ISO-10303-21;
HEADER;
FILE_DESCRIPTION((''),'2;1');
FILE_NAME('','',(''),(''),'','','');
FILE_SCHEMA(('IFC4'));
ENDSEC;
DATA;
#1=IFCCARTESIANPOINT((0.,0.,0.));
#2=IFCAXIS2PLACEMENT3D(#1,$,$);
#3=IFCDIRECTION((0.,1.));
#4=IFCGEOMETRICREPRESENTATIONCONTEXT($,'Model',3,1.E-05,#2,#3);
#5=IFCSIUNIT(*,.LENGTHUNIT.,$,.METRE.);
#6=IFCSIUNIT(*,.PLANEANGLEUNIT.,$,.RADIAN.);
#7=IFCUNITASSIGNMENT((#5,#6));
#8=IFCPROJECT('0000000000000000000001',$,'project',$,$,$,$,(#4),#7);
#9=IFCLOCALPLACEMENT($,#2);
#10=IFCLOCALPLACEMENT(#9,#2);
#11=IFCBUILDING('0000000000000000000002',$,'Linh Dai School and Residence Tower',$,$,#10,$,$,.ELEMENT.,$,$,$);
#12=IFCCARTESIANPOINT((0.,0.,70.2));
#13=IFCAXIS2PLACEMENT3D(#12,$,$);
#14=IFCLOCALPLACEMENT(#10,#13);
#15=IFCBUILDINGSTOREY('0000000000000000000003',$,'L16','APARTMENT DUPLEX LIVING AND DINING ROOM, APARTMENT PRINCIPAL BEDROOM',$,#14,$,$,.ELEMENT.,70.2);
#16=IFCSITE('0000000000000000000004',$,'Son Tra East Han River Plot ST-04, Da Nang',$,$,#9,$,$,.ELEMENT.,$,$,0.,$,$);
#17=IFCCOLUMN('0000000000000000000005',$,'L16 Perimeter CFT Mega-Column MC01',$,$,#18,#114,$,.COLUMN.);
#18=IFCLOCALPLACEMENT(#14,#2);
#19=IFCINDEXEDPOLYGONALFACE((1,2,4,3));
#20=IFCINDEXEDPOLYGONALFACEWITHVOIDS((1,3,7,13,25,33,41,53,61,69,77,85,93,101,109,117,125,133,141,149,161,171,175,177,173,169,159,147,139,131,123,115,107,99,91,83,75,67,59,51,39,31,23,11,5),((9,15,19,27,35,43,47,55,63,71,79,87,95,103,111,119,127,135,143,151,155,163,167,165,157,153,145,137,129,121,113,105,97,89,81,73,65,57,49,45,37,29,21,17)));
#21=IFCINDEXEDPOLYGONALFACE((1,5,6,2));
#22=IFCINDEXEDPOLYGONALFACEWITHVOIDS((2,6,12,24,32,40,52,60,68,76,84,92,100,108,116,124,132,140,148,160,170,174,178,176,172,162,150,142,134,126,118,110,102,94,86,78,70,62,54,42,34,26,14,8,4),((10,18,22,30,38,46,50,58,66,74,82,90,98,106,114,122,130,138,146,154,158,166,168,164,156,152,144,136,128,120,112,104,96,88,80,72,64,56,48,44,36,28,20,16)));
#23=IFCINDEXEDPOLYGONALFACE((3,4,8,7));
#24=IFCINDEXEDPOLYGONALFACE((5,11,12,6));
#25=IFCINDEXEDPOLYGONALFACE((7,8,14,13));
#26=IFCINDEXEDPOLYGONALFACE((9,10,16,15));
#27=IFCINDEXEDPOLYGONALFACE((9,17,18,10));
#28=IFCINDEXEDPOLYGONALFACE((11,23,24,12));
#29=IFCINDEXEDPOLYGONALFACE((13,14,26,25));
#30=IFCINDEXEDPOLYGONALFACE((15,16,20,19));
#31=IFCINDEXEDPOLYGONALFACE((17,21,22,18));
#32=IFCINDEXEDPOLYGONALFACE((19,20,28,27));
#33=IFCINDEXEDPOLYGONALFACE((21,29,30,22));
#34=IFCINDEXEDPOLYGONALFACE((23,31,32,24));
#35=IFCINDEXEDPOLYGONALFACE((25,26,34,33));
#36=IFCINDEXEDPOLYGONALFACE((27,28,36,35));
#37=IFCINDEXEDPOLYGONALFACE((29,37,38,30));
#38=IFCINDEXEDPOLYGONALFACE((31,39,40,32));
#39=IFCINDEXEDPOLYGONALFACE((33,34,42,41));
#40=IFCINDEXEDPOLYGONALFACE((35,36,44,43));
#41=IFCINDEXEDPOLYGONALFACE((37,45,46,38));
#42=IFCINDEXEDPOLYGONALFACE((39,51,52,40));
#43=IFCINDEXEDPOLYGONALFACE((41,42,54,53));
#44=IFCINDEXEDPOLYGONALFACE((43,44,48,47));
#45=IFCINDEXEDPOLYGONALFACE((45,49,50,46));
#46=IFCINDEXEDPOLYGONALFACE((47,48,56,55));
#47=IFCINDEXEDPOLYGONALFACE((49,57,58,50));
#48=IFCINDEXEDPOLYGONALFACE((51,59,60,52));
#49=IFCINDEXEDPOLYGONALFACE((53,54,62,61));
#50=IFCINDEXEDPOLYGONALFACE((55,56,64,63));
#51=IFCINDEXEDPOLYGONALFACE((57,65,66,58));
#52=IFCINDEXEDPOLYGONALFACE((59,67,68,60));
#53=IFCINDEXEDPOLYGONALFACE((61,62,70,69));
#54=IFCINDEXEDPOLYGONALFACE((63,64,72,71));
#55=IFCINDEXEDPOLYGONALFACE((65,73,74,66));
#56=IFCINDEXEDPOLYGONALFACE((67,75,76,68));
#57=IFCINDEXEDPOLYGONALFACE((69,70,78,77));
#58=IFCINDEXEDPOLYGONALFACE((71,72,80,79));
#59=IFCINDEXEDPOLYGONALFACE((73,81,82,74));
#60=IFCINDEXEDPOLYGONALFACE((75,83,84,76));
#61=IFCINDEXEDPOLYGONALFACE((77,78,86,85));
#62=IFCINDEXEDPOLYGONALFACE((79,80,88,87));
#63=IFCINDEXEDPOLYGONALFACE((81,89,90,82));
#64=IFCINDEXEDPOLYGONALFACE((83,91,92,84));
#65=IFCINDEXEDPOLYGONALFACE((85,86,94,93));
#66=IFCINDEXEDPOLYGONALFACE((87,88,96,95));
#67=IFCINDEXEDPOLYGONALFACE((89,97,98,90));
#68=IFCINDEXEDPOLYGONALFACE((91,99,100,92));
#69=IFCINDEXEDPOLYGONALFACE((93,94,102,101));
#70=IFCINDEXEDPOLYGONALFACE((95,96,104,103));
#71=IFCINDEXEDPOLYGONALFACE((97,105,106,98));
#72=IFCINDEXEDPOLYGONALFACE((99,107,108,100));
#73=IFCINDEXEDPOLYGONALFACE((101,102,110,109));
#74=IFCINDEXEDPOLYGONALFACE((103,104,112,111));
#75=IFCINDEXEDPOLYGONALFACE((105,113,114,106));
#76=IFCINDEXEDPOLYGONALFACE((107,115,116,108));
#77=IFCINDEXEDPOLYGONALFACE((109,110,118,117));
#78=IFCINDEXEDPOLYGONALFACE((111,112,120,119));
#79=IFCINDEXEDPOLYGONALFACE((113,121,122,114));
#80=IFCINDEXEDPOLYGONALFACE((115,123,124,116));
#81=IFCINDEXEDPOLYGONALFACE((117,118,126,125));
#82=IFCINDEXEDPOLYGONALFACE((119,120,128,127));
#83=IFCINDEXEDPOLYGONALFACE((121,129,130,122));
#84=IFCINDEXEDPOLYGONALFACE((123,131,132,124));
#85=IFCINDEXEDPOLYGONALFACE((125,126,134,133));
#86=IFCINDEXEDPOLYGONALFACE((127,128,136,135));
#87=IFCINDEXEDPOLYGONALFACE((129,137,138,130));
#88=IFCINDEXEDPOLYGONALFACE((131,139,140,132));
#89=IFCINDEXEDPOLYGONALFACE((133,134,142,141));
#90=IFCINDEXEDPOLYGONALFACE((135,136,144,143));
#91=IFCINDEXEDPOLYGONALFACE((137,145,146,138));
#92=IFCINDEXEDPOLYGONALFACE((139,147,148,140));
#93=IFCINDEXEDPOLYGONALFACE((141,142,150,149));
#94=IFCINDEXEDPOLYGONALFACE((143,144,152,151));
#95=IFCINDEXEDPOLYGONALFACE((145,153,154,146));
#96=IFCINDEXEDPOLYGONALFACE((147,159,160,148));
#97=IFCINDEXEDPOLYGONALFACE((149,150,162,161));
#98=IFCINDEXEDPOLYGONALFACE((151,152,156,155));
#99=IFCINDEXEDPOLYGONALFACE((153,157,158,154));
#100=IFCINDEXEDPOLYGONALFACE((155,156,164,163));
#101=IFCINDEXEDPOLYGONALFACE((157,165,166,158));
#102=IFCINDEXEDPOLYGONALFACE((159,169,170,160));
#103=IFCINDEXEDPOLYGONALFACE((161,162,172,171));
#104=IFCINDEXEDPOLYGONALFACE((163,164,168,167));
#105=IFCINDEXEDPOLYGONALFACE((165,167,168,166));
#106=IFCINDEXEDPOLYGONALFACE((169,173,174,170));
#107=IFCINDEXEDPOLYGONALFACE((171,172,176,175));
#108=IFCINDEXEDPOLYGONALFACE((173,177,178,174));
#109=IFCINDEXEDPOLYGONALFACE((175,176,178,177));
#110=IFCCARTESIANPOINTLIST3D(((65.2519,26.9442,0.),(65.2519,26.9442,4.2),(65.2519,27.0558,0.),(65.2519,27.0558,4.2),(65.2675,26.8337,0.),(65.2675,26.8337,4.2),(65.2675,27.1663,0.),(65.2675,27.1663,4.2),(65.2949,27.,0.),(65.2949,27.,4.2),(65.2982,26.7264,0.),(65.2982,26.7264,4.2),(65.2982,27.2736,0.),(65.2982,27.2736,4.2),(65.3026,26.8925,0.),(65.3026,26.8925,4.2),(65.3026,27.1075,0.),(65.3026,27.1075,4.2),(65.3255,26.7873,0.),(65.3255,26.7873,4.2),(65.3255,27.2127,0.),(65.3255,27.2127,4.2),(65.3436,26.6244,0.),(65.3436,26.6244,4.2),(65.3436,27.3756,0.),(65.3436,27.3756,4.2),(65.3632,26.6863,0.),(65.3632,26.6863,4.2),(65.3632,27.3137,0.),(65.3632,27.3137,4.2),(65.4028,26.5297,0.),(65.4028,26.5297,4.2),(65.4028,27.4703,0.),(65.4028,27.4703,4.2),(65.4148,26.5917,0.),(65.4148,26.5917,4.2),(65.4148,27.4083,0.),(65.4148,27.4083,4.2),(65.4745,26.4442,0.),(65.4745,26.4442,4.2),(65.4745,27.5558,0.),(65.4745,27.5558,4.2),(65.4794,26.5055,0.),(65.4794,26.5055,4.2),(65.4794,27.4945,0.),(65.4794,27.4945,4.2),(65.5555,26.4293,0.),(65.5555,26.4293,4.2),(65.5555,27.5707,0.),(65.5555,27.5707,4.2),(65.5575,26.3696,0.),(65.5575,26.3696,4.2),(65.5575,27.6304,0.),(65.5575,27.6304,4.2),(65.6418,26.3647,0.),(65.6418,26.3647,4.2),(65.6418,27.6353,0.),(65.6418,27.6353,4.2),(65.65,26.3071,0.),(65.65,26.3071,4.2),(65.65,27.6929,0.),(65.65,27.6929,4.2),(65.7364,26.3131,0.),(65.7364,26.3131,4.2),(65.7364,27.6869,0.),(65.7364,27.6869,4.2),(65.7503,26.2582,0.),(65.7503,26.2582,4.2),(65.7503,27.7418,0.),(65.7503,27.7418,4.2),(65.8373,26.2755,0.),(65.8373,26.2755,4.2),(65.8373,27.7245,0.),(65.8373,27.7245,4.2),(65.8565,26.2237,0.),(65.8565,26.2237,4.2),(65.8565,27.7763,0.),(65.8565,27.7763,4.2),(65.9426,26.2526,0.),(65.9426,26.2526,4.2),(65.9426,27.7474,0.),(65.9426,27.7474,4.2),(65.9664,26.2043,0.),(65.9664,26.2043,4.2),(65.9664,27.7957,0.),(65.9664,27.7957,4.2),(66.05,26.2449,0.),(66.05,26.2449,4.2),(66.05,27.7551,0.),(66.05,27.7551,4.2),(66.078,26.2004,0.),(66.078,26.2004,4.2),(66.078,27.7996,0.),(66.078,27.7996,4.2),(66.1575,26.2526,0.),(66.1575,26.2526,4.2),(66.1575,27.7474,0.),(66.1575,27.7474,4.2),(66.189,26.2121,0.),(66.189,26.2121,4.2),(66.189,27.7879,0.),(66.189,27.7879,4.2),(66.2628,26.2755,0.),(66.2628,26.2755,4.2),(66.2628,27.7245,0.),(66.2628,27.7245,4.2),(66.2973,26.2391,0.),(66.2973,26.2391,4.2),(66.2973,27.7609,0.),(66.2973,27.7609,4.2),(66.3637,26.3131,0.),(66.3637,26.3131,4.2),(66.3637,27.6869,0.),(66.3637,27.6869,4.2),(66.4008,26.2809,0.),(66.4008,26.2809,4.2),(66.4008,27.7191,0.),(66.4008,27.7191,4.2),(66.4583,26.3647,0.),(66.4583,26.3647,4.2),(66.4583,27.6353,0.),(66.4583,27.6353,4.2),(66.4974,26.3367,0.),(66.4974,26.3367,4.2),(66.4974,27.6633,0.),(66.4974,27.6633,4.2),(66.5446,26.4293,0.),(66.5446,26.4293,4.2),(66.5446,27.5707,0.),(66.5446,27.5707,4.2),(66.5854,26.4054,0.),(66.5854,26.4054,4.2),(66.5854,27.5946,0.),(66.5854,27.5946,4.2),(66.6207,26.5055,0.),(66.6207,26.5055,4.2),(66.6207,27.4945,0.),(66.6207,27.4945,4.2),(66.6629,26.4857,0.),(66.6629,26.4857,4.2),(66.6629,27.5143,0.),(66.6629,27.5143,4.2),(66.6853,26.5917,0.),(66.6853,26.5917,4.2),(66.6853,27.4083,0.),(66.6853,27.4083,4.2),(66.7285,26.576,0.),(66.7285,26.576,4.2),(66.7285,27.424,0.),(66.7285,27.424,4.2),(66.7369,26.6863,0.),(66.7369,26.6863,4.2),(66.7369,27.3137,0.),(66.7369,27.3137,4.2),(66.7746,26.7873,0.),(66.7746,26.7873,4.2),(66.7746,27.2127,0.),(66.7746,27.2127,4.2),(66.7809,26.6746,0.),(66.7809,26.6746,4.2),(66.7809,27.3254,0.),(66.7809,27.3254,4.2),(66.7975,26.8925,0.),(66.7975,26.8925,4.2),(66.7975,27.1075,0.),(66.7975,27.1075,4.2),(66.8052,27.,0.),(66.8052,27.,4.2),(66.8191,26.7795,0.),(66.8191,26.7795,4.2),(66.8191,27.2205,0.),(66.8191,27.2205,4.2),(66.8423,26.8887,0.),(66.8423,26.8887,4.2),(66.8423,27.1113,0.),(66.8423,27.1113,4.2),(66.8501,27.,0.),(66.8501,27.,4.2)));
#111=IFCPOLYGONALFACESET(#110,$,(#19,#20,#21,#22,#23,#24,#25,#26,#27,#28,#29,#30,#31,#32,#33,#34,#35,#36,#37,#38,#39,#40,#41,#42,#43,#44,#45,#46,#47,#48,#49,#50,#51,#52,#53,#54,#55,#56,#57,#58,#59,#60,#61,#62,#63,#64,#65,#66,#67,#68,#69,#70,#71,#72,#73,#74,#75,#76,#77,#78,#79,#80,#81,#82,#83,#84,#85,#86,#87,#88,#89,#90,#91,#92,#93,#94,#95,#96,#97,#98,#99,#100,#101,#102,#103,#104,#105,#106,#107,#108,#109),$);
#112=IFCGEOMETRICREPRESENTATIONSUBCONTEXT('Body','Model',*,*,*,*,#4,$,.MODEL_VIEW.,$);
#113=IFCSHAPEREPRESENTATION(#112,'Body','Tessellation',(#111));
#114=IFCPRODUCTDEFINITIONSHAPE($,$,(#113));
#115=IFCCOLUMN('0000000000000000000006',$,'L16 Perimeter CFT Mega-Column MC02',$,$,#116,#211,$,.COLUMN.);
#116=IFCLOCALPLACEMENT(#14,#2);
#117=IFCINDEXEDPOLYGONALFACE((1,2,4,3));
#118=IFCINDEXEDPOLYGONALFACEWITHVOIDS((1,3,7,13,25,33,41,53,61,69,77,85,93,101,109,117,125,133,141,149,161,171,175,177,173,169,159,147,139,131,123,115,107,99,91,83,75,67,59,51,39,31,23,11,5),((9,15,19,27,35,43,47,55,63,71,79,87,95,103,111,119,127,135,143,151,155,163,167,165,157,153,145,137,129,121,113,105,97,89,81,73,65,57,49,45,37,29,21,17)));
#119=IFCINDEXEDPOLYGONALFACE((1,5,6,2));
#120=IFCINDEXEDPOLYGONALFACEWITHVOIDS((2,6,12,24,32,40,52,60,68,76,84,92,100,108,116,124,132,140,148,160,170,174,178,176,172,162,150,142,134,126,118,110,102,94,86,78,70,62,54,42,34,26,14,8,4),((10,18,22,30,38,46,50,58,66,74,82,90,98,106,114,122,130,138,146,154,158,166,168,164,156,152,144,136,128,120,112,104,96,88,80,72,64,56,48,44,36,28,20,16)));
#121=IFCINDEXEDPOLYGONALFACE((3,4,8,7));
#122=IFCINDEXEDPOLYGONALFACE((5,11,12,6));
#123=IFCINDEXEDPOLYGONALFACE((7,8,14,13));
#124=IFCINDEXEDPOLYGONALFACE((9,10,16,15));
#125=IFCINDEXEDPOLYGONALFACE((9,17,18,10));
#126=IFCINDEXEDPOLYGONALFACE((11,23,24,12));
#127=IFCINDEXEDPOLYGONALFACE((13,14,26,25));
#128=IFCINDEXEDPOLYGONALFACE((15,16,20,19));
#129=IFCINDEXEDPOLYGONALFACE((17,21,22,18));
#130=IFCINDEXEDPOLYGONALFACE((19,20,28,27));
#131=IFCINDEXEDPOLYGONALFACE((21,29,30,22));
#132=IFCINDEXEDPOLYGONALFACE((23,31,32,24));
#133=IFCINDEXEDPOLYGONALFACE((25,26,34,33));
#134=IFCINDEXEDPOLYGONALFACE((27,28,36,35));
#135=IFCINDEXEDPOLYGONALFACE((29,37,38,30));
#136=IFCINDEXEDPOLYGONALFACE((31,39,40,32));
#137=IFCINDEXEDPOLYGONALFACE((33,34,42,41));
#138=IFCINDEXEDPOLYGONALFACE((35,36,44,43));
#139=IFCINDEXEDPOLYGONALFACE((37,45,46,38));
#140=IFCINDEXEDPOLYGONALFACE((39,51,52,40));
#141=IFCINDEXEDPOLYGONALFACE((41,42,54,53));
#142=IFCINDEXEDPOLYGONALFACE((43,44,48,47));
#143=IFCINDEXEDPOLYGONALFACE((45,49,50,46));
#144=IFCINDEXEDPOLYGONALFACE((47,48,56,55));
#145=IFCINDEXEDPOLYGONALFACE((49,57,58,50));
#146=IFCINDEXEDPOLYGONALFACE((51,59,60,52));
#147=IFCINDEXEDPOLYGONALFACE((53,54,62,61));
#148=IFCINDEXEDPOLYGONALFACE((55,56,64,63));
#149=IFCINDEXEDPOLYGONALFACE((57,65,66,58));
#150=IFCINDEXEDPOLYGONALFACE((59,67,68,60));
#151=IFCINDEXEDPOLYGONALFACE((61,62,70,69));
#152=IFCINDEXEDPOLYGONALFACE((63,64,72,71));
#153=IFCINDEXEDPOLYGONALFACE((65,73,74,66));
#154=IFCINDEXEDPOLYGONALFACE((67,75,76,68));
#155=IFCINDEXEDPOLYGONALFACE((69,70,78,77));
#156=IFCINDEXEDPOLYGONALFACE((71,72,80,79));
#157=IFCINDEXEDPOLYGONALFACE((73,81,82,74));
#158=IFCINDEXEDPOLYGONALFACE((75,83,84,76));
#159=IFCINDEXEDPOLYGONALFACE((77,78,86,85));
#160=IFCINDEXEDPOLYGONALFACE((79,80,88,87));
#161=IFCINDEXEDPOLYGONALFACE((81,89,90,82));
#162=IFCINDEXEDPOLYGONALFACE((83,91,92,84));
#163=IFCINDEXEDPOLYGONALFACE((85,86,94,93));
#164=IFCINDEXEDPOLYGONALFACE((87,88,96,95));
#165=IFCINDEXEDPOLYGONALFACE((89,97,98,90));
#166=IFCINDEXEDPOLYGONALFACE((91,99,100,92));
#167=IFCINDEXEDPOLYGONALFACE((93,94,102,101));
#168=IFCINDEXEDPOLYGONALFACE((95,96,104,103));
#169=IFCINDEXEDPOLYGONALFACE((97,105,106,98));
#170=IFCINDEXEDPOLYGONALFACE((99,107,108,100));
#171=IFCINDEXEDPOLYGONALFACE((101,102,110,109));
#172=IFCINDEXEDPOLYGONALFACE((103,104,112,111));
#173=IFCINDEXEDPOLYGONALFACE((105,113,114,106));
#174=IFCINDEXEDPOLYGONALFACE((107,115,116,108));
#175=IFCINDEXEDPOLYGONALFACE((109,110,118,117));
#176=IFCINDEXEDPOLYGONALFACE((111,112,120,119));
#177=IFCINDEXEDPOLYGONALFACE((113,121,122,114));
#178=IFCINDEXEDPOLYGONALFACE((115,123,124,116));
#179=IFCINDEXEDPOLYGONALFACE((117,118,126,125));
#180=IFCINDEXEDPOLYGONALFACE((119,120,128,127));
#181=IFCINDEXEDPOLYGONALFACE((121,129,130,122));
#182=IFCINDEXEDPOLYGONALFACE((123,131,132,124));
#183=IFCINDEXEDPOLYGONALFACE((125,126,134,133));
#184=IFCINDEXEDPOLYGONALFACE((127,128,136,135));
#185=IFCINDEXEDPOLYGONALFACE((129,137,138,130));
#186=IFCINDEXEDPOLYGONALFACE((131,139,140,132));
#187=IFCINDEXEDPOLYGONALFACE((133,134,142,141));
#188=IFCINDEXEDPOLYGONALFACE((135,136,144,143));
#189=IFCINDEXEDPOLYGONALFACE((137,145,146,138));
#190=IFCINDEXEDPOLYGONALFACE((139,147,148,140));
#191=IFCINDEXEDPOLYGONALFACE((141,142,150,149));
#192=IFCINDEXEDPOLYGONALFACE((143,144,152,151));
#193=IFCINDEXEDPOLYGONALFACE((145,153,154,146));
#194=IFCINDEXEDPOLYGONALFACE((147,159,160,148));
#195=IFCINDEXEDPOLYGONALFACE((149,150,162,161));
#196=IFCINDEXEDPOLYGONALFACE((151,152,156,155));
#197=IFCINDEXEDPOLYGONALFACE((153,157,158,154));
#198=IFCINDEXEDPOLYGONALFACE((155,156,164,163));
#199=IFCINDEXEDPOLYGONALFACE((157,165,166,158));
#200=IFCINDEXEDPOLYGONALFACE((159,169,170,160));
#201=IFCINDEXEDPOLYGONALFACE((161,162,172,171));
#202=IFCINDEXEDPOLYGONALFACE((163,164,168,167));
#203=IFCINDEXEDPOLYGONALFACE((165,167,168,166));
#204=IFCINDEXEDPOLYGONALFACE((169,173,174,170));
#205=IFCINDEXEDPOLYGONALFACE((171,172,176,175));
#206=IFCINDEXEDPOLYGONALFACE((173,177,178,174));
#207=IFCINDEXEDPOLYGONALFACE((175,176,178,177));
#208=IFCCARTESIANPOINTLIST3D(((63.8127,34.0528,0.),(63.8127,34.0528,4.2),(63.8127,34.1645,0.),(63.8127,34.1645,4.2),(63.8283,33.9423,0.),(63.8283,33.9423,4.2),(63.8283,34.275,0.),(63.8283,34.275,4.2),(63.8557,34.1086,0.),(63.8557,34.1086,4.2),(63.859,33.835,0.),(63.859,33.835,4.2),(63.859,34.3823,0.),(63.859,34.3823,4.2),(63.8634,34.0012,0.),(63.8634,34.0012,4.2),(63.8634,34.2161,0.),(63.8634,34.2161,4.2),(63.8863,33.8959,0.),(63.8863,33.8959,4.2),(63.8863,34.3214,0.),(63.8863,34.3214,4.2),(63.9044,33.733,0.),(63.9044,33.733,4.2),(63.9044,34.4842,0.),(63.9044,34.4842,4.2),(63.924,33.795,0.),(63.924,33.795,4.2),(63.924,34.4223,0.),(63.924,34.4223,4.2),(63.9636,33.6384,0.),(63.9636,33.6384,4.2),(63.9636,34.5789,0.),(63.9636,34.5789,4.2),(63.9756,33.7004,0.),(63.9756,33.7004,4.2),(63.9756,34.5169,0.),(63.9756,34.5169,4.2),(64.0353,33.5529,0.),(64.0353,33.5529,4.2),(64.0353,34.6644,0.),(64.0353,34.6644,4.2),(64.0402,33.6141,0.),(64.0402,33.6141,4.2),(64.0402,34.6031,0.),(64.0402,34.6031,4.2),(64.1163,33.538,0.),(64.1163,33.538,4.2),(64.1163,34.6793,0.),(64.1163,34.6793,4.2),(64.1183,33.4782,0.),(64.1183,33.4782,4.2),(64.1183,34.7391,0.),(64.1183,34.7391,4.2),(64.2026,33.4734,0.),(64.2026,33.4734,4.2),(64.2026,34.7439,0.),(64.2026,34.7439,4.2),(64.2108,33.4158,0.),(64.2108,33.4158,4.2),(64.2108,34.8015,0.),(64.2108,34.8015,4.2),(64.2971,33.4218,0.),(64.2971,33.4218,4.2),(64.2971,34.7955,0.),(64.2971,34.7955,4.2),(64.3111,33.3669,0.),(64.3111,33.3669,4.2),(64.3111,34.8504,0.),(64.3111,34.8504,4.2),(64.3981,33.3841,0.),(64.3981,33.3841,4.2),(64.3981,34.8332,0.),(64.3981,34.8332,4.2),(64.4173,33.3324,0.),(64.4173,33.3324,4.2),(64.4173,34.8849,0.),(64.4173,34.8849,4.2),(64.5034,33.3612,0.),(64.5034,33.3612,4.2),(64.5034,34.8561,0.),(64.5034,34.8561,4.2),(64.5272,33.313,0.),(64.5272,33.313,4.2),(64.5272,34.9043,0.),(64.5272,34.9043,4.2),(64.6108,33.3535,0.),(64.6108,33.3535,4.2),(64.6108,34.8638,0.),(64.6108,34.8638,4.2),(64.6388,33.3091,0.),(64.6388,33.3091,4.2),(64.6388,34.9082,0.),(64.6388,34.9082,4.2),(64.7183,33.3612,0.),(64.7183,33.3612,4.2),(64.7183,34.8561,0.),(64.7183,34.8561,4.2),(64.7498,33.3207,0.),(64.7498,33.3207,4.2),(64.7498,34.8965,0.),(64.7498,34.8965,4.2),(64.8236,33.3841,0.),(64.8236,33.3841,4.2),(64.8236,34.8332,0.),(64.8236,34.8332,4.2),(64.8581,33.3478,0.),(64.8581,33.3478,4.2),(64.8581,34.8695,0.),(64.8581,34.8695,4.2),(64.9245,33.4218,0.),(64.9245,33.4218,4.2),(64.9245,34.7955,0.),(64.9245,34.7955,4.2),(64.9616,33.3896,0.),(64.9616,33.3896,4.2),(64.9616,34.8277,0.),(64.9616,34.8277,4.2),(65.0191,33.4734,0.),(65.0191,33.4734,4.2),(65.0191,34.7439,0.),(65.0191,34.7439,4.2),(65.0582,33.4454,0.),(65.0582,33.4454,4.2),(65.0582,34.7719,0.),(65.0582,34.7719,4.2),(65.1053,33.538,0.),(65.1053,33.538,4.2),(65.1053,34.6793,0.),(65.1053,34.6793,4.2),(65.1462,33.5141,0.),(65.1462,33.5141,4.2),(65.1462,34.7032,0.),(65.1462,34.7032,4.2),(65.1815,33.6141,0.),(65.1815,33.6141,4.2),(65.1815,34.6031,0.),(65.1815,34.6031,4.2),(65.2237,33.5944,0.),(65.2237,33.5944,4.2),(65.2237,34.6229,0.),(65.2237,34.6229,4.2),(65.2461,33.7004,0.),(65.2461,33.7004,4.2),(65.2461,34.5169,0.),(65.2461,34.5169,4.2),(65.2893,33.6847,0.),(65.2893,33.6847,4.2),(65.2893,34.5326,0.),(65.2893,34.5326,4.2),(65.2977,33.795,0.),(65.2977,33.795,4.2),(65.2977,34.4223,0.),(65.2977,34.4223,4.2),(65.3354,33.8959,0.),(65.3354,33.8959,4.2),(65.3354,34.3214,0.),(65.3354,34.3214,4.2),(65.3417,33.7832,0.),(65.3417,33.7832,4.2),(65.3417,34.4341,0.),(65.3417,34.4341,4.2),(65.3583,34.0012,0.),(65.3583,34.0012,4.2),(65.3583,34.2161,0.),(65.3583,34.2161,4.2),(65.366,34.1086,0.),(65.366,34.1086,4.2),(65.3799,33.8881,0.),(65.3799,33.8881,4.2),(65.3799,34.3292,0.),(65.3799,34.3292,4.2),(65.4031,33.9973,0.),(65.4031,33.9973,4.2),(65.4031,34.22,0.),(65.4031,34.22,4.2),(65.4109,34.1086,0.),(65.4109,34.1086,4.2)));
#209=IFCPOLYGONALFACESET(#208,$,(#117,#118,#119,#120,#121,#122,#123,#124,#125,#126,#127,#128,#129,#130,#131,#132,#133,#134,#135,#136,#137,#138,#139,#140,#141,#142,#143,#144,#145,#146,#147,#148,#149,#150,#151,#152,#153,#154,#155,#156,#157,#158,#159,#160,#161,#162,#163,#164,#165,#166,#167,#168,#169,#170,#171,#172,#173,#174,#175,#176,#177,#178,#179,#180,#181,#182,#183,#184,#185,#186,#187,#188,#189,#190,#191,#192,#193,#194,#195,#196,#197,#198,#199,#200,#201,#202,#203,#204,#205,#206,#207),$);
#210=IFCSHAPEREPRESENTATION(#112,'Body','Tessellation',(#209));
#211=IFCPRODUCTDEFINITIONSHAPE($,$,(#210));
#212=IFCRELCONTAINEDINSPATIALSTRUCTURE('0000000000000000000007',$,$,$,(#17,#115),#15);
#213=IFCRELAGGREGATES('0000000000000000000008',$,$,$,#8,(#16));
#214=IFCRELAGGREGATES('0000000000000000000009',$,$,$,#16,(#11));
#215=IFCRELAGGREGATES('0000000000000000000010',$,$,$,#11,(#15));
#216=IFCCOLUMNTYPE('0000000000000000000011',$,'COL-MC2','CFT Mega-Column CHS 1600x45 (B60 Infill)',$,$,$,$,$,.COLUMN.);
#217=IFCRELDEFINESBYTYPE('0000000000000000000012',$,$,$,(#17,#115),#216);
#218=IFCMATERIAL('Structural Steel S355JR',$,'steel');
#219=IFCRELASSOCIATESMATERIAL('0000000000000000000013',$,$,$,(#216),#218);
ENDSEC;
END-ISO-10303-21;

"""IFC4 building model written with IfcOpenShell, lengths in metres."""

from ifc_helpers import new_model, si_unit, direction, frame, origin, origin_2d, place, context, subcontext, project, spatial, hollow_circle, extrude, material, material_profile, profile_set, type_object, element, save


model = new_model("IFC4")

# Units and contexts
model_context = context("Model", 3, precision=1e-05, world=origin(), true_north=direction((0.0, 1.0)))
body_context = subcontext(model_context, "Body", "Model", "MODEL_VIEW")
ifc_project = project(units=[si_unit("LENGTHUNIT", "METRE"), si_unit("PLANEANGLEUNIT", "RADIAN")], contexts=[model_context])

# Site, building, storey
site_placement = place(None, origin())
site = spatial("IfcSite", under=ifc_project, at=site_placement, Name="Son Tra East Han River Plot ST-04, Da Nang", CompositionType="ELEMENT", RefElevation=0.0)
building_placement = place(site_placement, origin())
building = spatial("IfcBuilding", under=site, at=building_placement, Name="Linh Dai School and Residence Tower", CompositionType="ELEMENT")
storey_placement = place(building_placement, frame((0.0, 0.0, 70.2)))
storey = spatial("IfcBuildingStorey", under=building, at=storey_placement, Name="L16", Description="APARTMENT DUPLEX LIVING AND DINING ROOM, APARTMENT PRINCIPAL BEDROOM", CompositionType="ELEMENT", Elevation=70.2)

# Columns
ifc_material_1 = material(Name="Structural Steel S355JR", Category="steel")
ifc_material_profile_1 = material_profile(ifc_material_1, hollow_circle(Radius=0.8, WallThickness=0.0449, at=origin_2d()), Name="CHS 1600x45")
ifc_profile_set_1 = profile_set([ifc_material_profile_1], Name="Structural Steel S355JR")
column_type = type_object("IfcColumnType", Name="COL-MC2", Description="CFT Mega-Column CHS 1600x45 (B60 Infill)", PredefinedType="COLUMN", material=ifc_profile_set_1)
for number, where, z_axis, x_axis, name in (
    (1, (66.05, 27.0, 0.0), (0.0, 0.0, 1.0), (1.0, 0.0, 0.0), "L16 Perimeter CFT Mega-Column MC01"),
    (2, (64.6108, 34.1086, 0.0), (0.0, 0.0, 1.0), (1.0, 0.0, 0.0), "L16 Perimeter CFT Mega-Column MC02"),
):
    element("IfcColumn", number, at=place(storey_placement, frame(where, z_axis=z_axis, x_axis=x_axis)), inside=storey, type_object=column_type, Name=name, PredefinedType="COLUMN", context=body_context, shape_type="SweptSolid", body=[
        extrude(hollow_circle(Radius=0.8, WallThickness=0.0449, at=origin_2d()), origin(), (0.0, 0.0, 1.0), 4.2),
    ])

save(model, "model.ifc")
